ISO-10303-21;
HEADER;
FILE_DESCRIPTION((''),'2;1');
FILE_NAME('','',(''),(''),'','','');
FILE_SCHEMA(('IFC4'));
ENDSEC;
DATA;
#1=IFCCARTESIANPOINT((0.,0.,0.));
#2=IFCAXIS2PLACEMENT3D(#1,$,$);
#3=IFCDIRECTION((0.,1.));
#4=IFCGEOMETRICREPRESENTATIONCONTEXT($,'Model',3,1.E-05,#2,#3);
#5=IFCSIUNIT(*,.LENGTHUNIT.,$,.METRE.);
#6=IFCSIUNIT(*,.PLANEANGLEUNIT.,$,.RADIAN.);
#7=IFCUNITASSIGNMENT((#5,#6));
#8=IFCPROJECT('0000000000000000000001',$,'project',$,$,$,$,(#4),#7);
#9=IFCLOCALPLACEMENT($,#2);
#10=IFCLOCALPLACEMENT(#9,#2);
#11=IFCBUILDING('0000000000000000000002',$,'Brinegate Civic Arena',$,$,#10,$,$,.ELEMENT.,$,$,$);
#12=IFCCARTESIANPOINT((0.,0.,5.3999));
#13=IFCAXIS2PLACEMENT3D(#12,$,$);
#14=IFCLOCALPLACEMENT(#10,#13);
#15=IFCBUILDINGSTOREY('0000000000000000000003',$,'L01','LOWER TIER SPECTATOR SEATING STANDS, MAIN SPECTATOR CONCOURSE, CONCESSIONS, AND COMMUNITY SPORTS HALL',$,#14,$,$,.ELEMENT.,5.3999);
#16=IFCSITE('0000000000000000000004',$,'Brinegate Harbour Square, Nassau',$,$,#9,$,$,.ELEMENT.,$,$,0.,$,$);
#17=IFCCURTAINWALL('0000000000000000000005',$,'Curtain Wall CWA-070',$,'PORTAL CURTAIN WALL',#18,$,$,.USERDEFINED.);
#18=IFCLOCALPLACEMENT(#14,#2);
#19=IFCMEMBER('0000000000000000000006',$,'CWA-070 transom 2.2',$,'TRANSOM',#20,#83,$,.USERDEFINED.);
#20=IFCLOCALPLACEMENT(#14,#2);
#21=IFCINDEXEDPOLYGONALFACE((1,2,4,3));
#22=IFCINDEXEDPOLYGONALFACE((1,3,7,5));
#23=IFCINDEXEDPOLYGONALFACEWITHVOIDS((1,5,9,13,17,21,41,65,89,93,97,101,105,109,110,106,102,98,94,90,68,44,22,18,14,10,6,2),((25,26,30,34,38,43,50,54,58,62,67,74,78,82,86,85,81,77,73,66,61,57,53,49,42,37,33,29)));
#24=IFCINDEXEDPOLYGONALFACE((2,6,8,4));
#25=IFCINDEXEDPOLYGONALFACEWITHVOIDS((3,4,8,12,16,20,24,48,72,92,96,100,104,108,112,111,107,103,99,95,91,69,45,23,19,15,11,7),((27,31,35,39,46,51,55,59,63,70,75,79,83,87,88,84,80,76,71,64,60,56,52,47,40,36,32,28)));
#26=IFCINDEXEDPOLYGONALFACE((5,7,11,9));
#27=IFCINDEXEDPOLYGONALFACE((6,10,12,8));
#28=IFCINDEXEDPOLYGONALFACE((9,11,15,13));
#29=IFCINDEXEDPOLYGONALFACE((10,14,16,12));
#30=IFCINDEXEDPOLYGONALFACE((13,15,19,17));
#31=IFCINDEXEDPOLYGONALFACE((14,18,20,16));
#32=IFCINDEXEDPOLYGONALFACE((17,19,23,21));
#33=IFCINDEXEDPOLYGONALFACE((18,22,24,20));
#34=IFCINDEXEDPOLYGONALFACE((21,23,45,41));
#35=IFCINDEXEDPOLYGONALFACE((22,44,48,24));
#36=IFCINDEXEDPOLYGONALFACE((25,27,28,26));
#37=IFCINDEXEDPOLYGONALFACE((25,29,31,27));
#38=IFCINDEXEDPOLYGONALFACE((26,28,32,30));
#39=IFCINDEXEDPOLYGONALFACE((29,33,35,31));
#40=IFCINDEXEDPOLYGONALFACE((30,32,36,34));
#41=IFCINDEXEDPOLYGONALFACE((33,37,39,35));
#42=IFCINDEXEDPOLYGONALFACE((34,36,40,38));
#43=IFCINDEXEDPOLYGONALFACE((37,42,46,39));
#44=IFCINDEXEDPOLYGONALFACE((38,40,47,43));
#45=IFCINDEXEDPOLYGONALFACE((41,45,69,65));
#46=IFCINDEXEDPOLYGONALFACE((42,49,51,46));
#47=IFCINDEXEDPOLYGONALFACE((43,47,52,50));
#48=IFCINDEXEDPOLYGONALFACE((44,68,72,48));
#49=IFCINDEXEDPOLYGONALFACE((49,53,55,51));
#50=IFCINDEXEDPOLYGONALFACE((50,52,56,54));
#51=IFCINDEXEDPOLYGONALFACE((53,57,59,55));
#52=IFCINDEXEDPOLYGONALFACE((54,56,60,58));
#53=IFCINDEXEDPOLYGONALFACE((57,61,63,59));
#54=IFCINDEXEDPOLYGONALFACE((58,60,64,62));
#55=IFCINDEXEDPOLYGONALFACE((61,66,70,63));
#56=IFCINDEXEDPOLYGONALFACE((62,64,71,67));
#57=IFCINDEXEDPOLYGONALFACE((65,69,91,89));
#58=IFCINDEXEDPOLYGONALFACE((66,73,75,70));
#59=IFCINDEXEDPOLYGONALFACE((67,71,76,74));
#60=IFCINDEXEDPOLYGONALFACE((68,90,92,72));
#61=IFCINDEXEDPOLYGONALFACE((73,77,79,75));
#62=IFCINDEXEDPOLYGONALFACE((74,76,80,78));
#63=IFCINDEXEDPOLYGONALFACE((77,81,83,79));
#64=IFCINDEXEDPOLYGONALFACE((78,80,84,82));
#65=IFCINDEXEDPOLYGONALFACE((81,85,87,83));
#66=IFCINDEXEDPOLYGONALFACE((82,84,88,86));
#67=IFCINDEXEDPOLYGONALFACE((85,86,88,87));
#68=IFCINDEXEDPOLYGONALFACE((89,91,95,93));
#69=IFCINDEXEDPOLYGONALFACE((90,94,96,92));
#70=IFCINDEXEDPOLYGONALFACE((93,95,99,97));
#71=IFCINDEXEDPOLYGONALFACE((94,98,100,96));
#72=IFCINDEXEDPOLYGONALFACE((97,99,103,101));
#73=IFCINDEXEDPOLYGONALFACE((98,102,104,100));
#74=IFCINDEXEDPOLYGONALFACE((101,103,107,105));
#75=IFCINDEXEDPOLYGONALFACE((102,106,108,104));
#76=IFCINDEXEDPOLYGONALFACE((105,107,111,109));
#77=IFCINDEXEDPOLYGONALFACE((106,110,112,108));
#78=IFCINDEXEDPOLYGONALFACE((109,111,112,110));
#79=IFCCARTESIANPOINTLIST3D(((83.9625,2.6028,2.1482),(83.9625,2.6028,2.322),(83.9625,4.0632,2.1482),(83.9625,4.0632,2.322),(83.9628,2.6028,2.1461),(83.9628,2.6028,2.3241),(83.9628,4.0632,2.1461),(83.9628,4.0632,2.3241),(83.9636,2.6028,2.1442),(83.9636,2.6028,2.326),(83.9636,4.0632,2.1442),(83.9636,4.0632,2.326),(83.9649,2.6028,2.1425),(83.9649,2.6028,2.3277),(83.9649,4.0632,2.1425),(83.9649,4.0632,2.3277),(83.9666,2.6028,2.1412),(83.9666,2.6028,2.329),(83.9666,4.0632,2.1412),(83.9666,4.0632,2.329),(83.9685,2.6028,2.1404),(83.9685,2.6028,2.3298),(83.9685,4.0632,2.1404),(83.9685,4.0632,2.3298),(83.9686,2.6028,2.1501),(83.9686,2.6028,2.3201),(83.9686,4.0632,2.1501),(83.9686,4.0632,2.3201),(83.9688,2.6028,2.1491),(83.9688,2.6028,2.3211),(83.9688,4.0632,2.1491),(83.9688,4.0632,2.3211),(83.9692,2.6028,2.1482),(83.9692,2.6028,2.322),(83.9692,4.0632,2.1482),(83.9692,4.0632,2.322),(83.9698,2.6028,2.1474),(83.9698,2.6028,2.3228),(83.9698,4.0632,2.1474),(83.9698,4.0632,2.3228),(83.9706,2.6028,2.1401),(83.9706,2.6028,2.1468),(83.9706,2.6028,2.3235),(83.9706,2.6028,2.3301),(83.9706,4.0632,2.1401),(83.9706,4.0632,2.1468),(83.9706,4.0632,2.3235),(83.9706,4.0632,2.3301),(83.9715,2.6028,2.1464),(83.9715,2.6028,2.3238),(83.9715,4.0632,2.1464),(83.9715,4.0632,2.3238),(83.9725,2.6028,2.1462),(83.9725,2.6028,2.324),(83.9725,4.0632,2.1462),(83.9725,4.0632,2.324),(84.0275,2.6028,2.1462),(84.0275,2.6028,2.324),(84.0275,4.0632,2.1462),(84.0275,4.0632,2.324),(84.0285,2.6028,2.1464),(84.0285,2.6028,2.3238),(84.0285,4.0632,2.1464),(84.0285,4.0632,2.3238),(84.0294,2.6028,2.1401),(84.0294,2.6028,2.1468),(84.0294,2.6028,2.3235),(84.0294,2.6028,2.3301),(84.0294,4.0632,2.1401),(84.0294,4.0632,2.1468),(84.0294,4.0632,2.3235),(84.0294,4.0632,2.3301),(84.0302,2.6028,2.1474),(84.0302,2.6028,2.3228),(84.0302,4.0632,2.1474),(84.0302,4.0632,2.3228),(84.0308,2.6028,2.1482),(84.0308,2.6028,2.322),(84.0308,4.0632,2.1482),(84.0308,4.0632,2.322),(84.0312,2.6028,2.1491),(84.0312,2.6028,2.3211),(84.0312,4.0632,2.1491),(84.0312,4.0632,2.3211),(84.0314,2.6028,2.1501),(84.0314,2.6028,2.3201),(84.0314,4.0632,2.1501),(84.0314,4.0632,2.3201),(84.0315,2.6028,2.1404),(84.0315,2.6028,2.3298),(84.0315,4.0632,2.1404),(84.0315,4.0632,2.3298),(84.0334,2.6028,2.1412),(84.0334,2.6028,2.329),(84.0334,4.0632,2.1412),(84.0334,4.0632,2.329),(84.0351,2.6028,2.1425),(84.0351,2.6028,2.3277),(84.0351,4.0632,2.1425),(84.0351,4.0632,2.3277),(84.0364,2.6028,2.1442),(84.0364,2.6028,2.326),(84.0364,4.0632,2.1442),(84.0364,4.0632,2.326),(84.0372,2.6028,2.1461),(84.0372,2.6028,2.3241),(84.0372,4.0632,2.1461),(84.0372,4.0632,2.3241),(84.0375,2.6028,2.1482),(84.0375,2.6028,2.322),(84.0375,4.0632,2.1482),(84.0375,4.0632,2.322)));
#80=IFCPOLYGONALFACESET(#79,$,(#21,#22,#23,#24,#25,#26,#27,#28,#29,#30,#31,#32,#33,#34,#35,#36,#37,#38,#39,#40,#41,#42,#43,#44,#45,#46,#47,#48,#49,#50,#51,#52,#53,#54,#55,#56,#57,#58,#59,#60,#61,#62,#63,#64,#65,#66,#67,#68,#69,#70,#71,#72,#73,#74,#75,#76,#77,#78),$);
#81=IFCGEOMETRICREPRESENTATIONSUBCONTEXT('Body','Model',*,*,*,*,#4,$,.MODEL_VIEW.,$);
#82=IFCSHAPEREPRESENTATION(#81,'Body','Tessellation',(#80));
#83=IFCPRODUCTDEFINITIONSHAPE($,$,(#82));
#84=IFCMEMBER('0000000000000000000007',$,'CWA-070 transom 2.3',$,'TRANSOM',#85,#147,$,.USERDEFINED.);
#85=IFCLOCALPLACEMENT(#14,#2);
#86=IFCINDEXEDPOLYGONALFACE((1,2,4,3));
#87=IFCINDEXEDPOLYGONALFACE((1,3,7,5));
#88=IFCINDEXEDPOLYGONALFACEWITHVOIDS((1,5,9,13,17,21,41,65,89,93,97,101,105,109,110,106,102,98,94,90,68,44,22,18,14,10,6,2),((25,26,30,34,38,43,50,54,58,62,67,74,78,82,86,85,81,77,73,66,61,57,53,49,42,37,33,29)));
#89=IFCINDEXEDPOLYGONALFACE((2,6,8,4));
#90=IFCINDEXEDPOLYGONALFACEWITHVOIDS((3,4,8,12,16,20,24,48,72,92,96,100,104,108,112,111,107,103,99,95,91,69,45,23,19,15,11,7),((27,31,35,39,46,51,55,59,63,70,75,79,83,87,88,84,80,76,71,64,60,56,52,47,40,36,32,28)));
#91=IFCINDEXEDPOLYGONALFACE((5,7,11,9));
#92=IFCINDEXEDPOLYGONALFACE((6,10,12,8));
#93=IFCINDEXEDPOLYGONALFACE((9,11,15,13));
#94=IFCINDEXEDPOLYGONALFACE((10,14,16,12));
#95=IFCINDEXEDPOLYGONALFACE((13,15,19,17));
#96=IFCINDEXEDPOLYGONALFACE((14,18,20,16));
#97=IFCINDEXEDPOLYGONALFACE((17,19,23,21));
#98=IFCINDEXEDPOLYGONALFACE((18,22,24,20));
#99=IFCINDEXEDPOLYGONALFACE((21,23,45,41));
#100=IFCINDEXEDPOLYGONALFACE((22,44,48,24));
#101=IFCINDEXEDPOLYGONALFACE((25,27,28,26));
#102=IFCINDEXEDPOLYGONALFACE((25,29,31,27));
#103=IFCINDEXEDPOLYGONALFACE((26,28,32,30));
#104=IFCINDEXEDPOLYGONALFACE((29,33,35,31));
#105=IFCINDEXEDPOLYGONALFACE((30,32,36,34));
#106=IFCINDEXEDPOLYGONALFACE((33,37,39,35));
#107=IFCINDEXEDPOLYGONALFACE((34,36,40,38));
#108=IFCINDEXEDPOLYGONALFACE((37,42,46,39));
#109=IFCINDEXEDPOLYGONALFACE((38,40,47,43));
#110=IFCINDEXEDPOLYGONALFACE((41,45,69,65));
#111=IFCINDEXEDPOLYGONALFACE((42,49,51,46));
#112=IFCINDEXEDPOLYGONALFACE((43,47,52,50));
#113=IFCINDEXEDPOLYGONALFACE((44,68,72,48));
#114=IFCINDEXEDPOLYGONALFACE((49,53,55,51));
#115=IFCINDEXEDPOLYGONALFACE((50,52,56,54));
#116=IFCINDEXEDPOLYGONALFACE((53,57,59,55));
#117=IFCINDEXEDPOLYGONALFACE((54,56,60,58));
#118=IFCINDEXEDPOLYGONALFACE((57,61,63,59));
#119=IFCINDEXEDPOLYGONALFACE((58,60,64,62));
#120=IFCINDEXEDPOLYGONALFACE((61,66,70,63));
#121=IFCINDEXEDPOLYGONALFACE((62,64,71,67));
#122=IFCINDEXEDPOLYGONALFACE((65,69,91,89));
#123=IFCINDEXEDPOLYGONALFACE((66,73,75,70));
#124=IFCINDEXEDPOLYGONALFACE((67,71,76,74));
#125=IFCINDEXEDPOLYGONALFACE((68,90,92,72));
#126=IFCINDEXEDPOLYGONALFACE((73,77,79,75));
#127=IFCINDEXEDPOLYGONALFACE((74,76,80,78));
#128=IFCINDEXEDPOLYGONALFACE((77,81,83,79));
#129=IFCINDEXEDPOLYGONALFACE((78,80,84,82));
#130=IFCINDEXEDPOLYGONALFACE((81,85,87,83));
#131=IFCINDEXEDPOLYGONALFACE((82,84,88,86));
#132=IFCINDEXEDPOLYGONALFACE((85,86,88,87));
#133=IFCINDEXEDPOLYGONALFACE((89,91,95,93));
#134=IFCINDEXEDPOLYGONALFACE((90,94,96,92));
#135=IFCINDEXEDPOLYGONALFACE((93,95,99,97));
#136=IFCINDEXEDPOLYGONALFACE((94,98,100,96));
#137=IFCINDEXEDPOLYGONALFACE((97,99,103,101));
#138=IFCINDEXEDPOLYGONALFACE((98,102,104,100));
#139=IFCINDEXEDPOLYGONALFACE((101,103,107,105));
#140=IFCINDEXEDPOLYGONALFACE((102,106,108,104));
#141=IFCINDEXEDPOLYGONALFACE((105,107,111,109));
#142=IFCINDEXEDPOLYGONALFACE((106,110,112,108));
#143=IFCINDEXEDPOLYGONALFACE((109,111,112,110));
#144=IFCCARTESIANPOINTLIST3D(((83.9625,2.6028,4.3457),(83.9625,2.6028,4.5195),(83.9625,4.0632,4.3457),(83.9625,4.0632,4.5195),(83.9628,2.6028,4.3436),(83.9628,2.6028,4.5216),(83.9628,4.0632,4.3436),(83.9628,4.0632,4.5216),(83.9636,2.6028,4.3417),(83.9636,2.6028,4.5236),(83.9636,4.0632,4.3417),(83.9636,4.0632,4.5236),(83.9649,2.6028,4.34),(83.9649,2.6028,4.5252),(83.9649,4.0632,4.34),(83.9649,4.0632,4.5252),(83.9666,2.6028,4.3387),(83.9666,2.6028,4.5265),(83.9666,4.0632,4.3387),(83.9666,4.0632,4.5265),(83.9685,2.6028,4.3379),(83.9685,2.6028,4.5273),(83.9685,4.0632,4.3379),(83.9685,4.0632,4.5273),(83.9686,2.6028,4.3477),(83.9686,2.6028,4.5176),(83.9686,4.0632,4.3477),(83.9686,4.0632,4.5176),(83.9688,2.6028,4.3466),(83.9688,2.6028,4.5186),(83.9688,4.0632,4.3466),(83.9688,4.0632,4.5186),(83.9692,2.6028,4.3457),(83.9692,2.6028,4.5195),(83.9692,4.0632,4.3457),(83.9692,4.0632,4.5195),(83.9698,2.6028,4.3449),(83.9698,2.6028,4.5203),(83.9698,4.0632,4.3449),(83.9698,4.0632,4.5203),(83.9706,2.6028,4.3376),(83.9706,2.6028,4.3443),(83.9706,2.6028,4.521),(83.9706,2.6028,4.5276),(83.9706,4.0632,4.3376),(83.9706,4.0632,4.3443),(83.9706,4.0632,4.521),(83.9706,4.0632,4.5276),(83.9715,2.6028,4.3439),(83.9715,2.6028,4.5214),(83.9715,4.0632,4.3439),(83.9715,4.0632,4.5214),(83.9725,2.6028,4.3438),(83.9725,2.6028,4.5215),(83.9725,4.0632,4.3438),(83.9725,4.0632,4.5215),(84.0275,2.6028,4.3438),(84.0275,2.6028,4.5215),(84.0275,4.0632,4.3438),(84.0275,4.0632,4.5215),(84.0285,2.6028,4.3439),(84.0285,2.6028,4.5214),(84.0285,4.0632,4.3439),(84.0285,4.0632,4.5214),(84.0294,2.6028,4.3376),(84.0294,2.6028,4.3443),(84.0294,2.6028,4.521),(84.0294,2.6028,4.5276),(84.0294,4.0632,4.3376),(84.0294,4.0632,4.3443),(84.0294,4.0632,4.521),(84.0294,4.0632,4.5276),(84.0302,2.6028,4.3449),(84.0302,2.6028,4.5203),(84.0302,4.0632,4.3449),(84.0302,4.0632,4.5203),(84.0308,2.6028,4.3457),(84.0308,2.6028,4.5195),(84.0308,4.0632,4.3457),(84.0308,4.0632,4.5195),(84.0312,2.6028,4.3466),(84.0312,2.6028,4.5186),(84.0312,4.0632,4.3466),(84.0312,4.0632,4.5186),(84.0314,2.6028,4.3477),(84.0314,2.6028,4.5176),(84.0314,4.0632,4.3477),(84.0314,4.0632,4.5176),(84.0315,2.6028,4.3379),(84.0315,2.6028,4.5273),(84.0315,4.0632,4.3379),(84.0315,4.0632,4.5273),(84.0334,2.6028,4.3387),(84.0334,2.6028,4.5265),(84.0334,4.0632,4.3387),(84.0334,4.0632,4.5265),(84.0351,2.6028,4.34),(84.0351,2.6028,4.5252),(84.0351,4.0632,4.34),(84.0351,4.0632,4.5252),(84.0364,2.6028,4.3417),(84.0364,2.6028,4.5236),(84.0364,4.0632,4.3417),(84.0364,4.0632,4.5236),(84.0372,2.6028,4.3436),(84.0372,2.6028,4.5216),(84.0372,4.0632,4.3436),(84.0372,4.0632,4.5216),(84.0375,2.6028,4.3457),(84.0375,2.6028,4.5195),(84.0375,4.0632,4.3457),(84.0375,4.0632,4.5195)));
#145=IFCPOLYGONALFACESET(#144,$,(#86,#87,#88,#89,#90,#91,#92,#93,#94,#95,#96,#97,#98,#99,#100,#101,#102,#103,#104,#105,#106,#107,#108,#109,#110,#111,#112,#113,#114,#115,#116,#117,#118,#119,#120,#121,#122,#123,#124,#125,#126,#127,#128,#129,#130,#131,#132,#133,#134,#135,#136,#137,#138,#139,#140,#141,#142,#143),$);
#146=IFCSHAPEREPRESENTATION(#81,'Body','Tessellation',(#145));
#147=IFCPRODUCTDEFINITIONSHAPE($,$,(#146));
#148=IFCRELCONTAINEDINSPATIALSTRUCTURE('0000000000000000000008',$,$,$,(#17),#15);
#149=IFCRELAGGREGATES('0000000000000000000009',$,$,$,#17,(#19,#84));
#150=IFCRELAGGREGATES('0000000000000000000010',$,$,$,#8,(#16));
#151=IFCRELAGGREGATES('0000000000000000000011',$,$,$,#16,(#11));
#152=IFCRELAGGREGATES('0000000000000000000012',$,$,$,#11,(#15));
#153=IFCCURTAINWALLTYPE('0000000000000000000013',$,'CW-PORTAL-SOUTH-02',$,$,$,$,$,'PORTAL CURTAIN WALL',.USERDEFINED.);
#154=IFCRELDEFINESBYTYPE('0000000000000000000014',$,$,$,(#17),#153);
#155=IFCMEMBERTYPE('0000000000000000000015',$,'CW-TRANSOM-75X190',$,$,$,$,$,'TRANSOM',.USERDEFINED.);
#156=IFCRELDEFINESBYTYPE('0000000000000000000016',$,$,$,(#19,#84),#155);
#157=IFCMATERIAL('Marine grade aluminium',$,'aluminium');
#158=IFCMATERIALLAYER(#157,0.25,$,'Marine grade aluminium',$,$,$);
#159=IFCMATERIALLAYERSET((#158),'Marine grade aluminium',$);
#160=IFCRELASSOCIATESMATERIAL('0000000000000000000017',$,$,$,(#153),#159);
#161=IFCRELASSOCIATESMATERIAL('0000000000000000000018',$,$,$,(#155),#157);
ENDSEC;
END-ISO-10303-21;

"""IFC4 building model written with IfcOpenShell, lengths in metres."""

from ifc_helpers import new_model, si_unit, direction, frame, origin, origin_2d, place, context, subcontext, project, spatial, hollow_rectangle, extrude, material, layer, layer_set, material_profile, profile_set, type_object, element, aggregate, save


model = new_model("IFC4")

# Units and contexts
model_context = context("Model", 3, precision=1e-05, world=origin(), true_north=direction((0.0, 1.0)))
body_context = subcontext(model_context, "Body", "Model", "MODEL_VIEW")
ifc_project = project(units=[si_unit("LENGTHUNIT", "METRE"), si_unit("PLANEANGLEUNIT", "RADIAN")], contexts=[model_context])

# Site, building, storey
site_placement = place(None, origin())
site = spatial("IfcSite", under=ifc_project, at=site_placement, Name="Brinegate Harbour Square, Nassau", CompositionType="ELEMENT", RefElevation=0.0)
building_placement = place(site_placement, origin())
building = spatial("IfcBuilding", under=site, at=building_placement, Name="Brinegate Civic Arena", CompositionType="ELEMENT")
storey_placement = place(building_placement, frame((0.0, 0.0, 5.3999)))
storey = spatial("IfcBuildingStorey", under=building, at=storey_placement, Name="L01", Description="LOWER TIER SPECTATOR SEATING STANDS, MAIN SPECTATOR CONCOURSE, CONCESSIONS, AND COMMUNITY SPORTS HALL", CompositionType="ELEMENT", Elevation=5.3999)

# Curtain wall, members
ifc_material_1 = material(Name="Marine grade aluminium", Category="aluminium")
ifc_layer_1 = layer(ifc_material_1, 0.25, Name="Marine grade aluminium")
ifc_layer_set_1 = layer_set([ifc_layer_1], Name="Marine grade aluminium")
curtain_wall_type = type_object("IfcCurtainWallType", Name="CW-PORTAL-SOUTH-02", ElementType="PORTAL CURTAIN WALL", PredefinedType="USERDEFINED", material=ifc_layer_set_1)
curtain_wall_placement = place(storey_placement, origin())
curtain_wall = element("IfcCurtainWall", 1, at=curtain_wall_placement, inside=storey, type_object=curtain_wall_type, Name="Curtain Wall CWA-070", ObjectType="PORTAL CURTAIN WALL", PredefinedType="USERDEFINED")
ifc_material_profile_1 = material_profile(ifc_material_1, hollow_rectangle(XDim=0.075, YDim=0.1899, WallThickness=0.0061, InnerFilletRadius=0.0039, OuterFilletRadius=0.0081, at=origin_2d()), Name="TRN75X190")
ifc_profile_set_1 = profile_set([ifc_material_profile_1], Name="Marine grade aluminium")
member_type_1 = type_object("IfcMemberType", Name="CW-TRANSOM-75X190", ElementType="TRANSOM", PredefinedType="USERDEFINED", material=ifc_profile_set_1)
member_1_placement = place(storey_placement, frame((84.0, 2.6028, 2.2351), z_axis=(0.0, 1.0, 0.0), x_axis=(-1.0, 0.0, 0.0)))
member_1 = element("IfcMember", 2, at=member_1_placement, type_object=member_type_1, Name="CWA-070 transom 2.2", ObjectType="TRANSOM", PredefinedType="USERDEFINED", context=body_context, shape_type="SweptSolid", body=[
    extrude(hollow_rectangle(XDim=0.075, YDim=0.1899, WallThickness=0.0061, InnerFilletRadius=0.0039, OuterFilletRadius=0.0081, at=origin_2d()), origin(), (0.0, 0.0, 1.0), 1.4604),
])
member_2_placement = place(storey_placement, frame((84.0, 2.6028, 4.4326), z_axis=(0.0, 1.0, 0.0), x_axis=(-1.0, 0.0, 0.0)))
member_2 = element("IfcMember", 3, at=member_2_placement, type_object=member_type_1, Name="CWA-070 transom 2.3", ObjectType="TRANSOM", PredefinedType="USERDEFINED", context=body_context, shape_type="SweptSolid", body=[
    extrude(hollow_rectangle(XDim=0.075, YDim=0.1899, WallThickness=0.0061, InnerFilletRadius=0.0039, OuterFilletRadius=0.0081, at=origin_2d()), origin(), (0.0, 0.0, 1.0), 1.4604),
])

aggregate(curtain_wall, [member_1, member_2])

save(model, "model.ifc")
